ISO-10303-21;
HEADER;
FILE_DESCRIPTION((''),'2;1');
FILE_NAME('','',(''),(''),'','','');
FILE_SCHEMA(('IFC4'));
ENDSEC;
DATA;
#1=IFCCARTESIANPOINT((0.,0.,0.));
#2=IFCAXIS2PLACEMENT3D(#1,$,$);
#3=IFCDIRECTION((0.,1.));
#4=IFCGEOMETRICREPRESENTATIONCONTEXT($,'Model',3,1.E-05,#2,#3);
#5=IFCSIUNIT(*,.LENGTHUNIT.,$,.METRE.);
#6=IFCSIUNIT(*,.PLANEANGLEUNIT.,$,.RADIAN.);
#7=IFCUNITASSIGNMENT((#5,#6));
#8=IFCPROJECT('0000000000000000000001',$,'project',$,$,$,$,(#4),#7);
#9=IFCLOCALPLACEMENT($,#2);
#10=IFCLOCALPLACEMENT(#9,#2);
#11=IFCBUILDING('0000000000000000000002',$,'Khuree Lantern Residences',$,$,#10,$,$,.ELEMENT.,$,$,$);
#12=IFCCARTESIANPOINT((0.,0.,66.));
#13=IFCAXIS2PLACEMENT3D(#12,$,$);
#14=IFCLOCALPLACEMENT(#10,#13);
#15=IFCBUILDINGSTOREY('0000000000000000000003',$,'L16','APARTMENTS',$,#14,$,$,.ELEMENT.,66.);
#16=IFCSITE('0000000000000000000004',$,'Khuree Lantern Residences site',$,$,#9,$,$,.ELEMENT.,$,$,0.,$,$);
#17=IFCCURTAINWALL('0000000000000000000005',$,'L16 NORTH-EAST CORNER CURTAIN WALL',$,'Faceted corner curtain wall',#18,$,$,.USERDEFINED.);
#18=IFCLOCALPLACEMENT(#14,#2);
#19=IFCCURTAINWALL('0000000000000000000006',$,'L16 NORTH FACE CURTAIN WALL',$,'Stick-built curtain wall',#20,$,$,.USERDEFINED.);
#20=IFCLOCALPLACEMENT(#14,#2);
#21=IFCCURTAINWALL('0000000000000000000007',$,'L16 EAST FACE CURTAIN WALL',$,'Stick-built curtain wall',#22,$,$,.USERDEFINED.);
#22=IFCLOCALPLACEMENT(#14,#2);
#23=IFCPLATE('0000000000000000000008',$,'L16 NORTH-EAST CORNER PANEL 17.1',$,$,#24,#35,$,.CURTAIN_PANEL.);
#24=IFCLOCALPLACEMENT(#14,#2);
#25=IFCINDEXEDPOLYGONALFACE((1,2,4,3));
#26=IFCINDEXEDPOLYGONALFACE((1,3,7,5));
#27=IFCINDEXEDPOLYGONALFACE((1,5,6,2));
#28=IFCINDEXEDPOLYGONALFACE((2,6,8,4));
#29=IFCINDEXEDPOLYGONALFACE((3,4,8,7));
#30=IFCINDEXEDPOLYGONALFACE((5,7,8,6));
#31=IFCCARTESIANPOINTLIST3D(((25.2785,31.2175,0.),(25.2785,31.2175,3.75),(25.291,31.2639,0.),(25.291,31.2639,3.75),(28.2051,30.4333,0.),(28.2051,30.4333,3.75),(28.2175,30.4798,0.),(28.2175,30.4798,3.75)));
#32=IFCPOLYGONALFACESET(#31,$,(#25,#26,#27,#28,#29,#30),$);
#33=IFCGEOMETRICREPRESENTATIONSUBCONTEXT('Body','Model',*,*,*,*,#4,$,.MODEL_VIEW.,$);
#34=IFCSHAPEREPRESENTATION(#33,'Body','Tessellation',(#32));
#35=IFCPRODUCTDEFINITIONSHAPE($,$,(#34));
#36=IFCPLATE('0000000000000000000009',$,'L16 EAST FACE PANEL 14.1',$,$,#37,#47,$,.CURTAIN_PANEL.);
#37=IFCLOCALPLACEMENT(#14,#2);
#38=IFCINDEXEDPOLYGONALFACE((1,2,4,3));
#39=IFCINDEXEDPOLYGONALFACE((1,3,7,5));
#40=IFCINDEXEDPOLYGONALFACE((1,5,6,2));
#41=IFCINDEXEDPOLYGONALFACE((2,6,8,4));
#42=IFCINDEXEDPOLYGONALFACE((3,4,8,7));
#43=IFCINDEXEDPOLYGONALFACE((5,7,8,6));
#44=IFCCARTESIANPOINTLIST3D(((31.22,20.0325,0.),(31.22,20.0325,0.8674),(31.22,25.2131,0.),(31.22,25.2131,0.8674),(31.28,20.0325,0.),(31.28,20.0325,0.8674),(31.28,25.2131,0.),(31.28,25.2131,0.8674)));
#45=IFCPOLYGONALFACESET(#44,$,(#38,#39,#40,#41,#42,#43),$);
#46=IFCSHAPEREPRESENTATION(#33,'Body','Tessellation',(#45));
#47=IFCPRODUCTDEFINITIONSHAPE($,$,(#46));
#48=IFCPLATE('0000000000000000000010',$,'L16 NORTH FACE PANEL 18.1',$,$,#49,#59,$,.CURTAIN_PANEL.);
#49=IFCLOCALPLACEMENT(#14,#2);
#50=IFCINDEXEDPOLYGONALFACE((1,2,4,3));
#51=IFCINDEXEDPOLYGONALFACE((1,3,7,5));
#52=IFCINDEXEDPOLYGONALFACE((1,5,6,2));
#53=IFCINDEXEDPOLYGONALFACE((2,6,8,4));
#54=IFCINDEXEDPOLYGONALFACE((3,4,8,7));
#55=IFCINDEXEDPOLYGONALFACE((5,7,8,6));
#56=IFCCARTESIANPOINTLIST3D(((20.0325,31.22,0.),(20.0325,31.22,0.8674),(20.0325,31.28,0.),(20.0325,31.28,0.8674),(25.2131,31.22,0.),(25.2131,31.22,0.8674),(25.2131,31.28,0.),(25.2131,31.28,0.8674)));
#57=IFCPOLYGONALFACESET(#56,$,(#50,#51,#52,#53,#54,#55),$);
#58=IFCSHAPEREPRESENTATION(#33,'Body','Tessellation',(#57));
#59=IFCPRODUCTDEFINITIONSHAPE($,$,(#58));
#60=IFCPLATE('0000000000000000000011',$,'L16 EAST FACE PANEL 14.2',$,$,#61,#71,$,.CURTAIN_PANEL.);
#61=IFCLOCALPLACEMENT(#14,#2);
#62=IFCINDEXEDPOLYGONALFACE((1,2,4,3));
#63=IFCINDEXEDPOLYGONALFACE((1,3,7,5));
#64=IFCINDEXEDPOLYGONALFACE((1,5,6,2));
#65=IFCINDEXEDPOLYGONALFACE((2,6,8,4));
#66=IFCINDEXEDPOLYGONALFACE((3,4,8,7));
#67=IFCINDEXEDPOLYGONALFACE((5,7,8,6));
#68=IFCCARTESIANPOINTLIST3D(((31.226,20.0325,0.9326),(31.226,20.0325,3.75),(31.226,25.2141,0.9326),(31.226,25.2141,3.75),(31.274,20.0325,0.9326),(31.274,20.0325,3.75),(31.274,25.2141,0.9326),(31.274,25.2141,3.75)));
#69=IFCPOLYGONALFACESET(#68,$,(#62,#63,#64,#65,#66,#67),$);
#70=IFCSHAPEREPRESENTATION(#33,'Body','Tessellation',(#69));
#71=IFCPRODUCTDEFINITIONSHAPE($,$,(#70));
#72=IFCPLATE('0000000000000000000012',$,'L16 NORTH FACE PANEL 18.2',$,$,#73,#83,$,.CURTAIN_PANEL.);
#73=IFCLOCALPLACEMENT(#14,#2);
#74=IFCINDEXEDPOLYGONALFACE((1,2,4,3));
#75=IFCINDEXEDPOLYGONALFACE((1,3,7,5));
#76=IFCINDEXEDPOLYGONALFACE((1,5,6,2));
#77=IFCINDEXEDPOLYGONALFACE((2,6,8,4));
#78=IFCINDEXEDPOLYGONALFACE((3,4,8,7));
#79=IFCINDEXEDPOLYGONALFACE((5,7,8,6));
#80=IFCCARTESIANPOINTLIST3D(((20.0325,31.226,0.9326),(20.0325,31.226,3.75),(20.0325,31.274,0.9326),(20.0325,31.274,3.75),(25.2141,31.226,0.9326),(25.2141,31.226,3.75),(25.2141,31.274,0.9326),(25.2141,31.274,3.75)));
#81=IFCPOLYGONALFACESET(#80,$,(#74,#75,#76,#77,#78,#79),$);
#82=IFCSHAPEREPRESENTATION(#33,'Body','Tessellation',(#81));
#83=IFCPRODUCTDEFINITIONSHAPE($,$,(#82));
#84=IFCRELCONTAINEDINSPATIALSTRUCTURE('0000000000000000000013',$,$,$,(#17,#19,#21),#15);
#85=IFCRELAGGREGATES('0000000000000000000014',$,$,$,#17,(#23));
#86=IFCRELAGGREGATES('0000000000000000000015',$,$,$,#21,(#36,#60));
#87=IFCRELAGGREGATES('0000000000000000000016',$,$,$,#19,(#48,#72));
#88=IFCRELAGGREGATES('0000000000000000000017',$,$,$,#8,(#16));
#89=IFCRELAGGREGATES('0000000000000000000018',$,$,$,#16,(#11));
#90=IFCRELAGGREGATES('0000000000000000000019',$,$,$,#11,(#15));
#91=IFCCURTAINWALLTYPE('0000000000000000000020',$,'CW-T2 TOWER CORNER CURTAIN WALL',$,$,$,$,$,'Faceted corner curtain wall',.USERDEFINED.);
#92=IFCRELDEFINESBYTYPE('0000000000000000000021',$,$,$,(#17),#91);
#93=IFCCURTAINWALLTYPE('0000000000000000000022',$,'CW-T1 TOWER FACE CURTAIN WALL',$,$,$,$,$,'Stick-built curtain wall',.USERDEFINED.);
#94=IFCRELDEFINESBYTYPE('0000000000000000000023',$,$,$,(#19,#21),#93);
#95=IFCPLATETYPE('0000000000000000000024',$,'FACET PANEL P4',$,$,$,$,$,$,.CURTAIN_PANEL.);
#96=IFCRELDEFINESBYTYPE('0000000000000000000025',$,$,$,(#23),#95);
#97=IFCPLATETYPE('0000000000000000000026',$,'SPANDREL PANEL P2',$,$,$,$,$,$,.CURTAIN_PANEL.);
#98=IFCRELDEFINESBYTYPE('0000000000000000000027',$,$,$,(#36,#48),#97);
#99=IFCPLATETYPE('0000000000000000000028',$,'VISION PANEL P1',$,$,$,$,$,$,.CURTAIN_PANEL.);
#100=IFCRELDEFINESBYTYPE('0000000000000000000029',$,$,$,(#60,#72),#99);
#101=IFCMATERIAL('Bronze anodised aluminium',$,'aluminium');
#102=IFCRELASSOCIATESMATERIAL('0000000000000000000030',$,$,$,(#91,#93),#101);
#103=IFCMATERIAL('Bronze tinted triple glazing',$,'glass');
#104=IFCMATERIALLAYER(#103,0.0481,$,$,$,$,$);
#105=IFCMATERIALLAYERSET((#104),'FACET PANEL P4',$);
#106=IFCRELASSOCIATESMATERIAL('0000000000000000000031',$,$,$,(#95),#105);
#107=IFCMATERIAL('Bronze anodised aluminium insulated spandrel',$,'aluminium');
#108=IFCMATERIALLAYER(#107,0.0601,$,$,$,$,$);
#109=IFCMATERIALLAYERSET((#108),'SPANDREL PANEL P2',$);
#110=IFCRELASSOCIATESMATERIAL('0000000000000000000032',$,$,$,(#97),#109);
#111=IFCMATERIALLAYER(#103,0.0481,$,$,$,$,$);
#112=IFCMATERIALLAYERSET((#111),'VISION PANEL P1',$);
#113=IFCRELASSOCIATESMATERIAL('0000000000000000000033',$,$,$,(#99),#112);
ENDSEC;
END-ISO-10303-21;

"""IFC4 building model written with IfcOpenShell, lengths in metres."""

from ifc_helpers import new_model, si_unit, direction, frame, origin, origin_2d, place, context, subcontext, project, spatial, rectangle, extrude, material, layer, layer_set, type_object, element, aggregate, save


model = new_model("IFC4")

# Units and contexts
model_context = context("Model", 3, precision=1e-05, world=origin(), true_north=direction((0.0, 1.0)))
body_context = subcontext(model_context, "Body", "Model", "MODEL_VIEW")
ifc_project = project(units=[si_unit("LENGTHUNIT", "METRE"), si_unit("PLANEANGLEUNIT", "RADIAN")], contexts=[model_context])

# Site, building, storey
site_placement = place(None, origin())
site = spatial("IfcSite", under=ifc_project, at=site_placement, Name="Khuree Lantern Residences site", CompositionType="ELEMENT", RefElevation=0.0)
building_placement = place(site_placement, origin())
building = spatial("IfcBuilding", under=site, at=building_placement, Name="Khuree Lantern Residences", CompositionType="ELEMENT")
storey_placement = place(building_placement, frame((0.0, 0.0, 66.0)))
storey = spatial("IfcBuildingStorey", under=building, at=storey_placement, Name="L16", Description="APARTMENTS", CompositionType="ELEMENT", Elevation=66.0)

# Curtain walls
ifc_material_1 = material(Name="Bronze anodised aluminium", Category="aluminium")
curtain_wall_type_1 = type_object("IfcCurtainWallType", Name="CW-T2 TOWER CORNER CURTAIN WALL", ElementType="Faceted corner curtain wall", PredefinedType="USERDEFINED", material=ifc_material_1)
curtain_wall_1_placement = place(storey_placement, origin())
curtain_wall_1 = element("IfcCurtainWall", 1, at=curtain_wall_1_placement, inside=storey, type_object=curtain_wall_type_1, Name="L16 NORTH-EAST CORNER CURTAIN WALL", ObjectType="Faceted corner curtain wall", PredefinedType="USERDEFINED")
curtain_wall_type_2 = type_object("IfcCurtainWallType", Name="CW-T1 TOWER FACE CURTAIN WALL", ElementType="Stick-built curtain wall", PredefinedType="USERDEFINED", material=ifc_material_1)
curtain_wall_2_placement = place(storey_placement, origin())
curtain_wall_2 = element("IfcCurtainWall", 2, at=curtain_wall_2_placement, inside=storey, type_object=curtain_wall_type_2, Name="L16 NORTH FACE CURTAIN WALL", ObjectType="Stick-built curtain wall", PredefinedType="USERDEFINED")

# Curtain wall
curtain_wall_3_placement = place(storey_placement, origin())
curtain_wall_3 = element("IfcCurtainWall", 3, at=curtain_wall_3_placement, inside=storey, type_object=curtain_wall_type_2, Name="L16 EAST FACE CURTAIN WALL", ObjectType="Stick-built curtain wall", PredefinedType="USERDEFINED")

# Plates
ifc_material_2 = material(Name="Bronze tinted triple glazing", Category="glass")
ifc_layer_1 = layer(ifc_material_2, 0.0481)
ifc_layer_set_1 = layer_set([ifc_layer_1], Name="FACET PANEL P4")
plate_type_1 = type_object("IfcPlateType", Name="FACET PANEL P4", PredefinedType="CURTAIN_PANEL", material=ifc_layer_set_1)
plate_1_placement = place(storey_placement, frame((26.748, 30.8486, 0.0), z_axis=(0.0, 0.0, 1.0), x_axis=(-0.965926, 0.258819, 0.0)))
plate_1 = element("IfcPlate", 4, at=plate_1_placement, type_object=plate_type_1, Name="L16 NORTH-EAST CORNER PANEL 17.1", PredefinedType="CURTAIN_PANEL", context=body_context, shape_type="SweptSolid", body=[
    extrude(rectangle(XDim=3.0298, YDim=0.0481, at=origin_2d()), origin(), (0.0, 0.0, 1.0), 3.75),
])
aggregate(curtain_wall_1, [plate_1])
ifc_material_3 = material(Name="Bronze anodised aluminium insulated spandrel", Category="aluminium")
ifc_layer_2 = layer(ifc_material_3, 0.0601)
ifc_layer_set_2 = layer_set([ifc_layer_2], Name="SPANDREL PANEL P2")
plate_type_2 = type_object("IfcPlateType", Name="SPANDREL PANEL P2", PredefinedType="CURTAIN_PANEL", material=ifc_layer_set_2)
plate_2_placement = place(storey_placement, frame((31.25, 22.6228, 0.0), z_axis=(0.0, 0.0, 1.0), x_axis=(0.0, 1.0, 0.0)))
plate_2 = element("IfcPlate", 5, at=plate_2_placement, type_object=plate_type_2, Name="L16 EAST FACE PANEL 14.1", PredefinedType="CURTAIN_PANEL", context=body_context, shape_type="SweptSolid", body=[
    extrude(rectangle(XDim=5.1807, YDim=0.0601, at=origin_2d()), origin(), (0.0, 0.0, 1.0), 0.8674),
])
plate_3_placement = place(storey_placement, frame((22.6228, 31.25, 0.0), z_axis=(0.0, 0.0, 1.0), x_axis=(-1.0, 0.0, 0.0)))
plate_3 = element("IfcPlate", 6, at=plate_3_placement, type_object=plate_type_2, Name="L16 NORTH FACE PANEL 18.1", PredefinedType="CURTAIN_PANEL", context=body_context, shape_type="SweptSolid", body=[
    extrude(rectangle(XDim=5.1807, YDim=0.0601, at=origin_2d()), origin(), (0.0, 0.0, 1.0), 0.8674),
])
ifc_layer_3 = layer(ifc_material_2, 0.0481)
ifc_layer_set_3 = layer_set([ifc_layer_3], Name="VISION PANEL P1")
plate_type_3 = type_object("IfcPlateType", Name="VISION PANEL P1", PredefinedType="CURTAIN_PANEL", material=ifc_layer_set_3)
plate_4_placement = place(storey_placement, frame((31.25, 22.6233, 0.9326), z_axis=(0.0, 0.0, 1.0), x_axis=(0.0, 1.0, 0.0)))
plate_4 = element("IfcPlate", 7, at=plate_4_placement, type_object=plate_type_3, Name="L16 EAST FACE PANEL 14.2", PredefinedType="CURTAIN_PANEL", context=body_context, shape_type="SweptSolid", body=[
    extrude(rectangle(XDim=5.1816, YDim=0.0481, at=origin_2d()), origin(), (0.0, 0.0, 1.0), 2.8174),
])
aggregate(curtain_wall_3, [plate_2, plate_4])
plate_5_placement = place(storey_placement, frame((22.6233, 31.25, 0.9326), z_axis=(0.0, 0.0, 1.0), x_axis=(-1.0, 0.0, 0.0)))
plate_5 = element("IfcPlate", 8, at=plate_5_placement, type_object=plate_type_3, Name="L16 NORTH FACE PANEL 18.2", PredefinedType="CURTAIN_PANEL", context=body_context, shape_type="SweptSolid", body=[
    extrude(rectangle(XDim=5.1816, YDim=0.0481, at=origin_2d()), origin(), (0.0, 0.0, 1.0), 2.8174),
])
aggregate(curtain_wall_2, [plate_3, plate_5])

save(model, "model.ifc")
